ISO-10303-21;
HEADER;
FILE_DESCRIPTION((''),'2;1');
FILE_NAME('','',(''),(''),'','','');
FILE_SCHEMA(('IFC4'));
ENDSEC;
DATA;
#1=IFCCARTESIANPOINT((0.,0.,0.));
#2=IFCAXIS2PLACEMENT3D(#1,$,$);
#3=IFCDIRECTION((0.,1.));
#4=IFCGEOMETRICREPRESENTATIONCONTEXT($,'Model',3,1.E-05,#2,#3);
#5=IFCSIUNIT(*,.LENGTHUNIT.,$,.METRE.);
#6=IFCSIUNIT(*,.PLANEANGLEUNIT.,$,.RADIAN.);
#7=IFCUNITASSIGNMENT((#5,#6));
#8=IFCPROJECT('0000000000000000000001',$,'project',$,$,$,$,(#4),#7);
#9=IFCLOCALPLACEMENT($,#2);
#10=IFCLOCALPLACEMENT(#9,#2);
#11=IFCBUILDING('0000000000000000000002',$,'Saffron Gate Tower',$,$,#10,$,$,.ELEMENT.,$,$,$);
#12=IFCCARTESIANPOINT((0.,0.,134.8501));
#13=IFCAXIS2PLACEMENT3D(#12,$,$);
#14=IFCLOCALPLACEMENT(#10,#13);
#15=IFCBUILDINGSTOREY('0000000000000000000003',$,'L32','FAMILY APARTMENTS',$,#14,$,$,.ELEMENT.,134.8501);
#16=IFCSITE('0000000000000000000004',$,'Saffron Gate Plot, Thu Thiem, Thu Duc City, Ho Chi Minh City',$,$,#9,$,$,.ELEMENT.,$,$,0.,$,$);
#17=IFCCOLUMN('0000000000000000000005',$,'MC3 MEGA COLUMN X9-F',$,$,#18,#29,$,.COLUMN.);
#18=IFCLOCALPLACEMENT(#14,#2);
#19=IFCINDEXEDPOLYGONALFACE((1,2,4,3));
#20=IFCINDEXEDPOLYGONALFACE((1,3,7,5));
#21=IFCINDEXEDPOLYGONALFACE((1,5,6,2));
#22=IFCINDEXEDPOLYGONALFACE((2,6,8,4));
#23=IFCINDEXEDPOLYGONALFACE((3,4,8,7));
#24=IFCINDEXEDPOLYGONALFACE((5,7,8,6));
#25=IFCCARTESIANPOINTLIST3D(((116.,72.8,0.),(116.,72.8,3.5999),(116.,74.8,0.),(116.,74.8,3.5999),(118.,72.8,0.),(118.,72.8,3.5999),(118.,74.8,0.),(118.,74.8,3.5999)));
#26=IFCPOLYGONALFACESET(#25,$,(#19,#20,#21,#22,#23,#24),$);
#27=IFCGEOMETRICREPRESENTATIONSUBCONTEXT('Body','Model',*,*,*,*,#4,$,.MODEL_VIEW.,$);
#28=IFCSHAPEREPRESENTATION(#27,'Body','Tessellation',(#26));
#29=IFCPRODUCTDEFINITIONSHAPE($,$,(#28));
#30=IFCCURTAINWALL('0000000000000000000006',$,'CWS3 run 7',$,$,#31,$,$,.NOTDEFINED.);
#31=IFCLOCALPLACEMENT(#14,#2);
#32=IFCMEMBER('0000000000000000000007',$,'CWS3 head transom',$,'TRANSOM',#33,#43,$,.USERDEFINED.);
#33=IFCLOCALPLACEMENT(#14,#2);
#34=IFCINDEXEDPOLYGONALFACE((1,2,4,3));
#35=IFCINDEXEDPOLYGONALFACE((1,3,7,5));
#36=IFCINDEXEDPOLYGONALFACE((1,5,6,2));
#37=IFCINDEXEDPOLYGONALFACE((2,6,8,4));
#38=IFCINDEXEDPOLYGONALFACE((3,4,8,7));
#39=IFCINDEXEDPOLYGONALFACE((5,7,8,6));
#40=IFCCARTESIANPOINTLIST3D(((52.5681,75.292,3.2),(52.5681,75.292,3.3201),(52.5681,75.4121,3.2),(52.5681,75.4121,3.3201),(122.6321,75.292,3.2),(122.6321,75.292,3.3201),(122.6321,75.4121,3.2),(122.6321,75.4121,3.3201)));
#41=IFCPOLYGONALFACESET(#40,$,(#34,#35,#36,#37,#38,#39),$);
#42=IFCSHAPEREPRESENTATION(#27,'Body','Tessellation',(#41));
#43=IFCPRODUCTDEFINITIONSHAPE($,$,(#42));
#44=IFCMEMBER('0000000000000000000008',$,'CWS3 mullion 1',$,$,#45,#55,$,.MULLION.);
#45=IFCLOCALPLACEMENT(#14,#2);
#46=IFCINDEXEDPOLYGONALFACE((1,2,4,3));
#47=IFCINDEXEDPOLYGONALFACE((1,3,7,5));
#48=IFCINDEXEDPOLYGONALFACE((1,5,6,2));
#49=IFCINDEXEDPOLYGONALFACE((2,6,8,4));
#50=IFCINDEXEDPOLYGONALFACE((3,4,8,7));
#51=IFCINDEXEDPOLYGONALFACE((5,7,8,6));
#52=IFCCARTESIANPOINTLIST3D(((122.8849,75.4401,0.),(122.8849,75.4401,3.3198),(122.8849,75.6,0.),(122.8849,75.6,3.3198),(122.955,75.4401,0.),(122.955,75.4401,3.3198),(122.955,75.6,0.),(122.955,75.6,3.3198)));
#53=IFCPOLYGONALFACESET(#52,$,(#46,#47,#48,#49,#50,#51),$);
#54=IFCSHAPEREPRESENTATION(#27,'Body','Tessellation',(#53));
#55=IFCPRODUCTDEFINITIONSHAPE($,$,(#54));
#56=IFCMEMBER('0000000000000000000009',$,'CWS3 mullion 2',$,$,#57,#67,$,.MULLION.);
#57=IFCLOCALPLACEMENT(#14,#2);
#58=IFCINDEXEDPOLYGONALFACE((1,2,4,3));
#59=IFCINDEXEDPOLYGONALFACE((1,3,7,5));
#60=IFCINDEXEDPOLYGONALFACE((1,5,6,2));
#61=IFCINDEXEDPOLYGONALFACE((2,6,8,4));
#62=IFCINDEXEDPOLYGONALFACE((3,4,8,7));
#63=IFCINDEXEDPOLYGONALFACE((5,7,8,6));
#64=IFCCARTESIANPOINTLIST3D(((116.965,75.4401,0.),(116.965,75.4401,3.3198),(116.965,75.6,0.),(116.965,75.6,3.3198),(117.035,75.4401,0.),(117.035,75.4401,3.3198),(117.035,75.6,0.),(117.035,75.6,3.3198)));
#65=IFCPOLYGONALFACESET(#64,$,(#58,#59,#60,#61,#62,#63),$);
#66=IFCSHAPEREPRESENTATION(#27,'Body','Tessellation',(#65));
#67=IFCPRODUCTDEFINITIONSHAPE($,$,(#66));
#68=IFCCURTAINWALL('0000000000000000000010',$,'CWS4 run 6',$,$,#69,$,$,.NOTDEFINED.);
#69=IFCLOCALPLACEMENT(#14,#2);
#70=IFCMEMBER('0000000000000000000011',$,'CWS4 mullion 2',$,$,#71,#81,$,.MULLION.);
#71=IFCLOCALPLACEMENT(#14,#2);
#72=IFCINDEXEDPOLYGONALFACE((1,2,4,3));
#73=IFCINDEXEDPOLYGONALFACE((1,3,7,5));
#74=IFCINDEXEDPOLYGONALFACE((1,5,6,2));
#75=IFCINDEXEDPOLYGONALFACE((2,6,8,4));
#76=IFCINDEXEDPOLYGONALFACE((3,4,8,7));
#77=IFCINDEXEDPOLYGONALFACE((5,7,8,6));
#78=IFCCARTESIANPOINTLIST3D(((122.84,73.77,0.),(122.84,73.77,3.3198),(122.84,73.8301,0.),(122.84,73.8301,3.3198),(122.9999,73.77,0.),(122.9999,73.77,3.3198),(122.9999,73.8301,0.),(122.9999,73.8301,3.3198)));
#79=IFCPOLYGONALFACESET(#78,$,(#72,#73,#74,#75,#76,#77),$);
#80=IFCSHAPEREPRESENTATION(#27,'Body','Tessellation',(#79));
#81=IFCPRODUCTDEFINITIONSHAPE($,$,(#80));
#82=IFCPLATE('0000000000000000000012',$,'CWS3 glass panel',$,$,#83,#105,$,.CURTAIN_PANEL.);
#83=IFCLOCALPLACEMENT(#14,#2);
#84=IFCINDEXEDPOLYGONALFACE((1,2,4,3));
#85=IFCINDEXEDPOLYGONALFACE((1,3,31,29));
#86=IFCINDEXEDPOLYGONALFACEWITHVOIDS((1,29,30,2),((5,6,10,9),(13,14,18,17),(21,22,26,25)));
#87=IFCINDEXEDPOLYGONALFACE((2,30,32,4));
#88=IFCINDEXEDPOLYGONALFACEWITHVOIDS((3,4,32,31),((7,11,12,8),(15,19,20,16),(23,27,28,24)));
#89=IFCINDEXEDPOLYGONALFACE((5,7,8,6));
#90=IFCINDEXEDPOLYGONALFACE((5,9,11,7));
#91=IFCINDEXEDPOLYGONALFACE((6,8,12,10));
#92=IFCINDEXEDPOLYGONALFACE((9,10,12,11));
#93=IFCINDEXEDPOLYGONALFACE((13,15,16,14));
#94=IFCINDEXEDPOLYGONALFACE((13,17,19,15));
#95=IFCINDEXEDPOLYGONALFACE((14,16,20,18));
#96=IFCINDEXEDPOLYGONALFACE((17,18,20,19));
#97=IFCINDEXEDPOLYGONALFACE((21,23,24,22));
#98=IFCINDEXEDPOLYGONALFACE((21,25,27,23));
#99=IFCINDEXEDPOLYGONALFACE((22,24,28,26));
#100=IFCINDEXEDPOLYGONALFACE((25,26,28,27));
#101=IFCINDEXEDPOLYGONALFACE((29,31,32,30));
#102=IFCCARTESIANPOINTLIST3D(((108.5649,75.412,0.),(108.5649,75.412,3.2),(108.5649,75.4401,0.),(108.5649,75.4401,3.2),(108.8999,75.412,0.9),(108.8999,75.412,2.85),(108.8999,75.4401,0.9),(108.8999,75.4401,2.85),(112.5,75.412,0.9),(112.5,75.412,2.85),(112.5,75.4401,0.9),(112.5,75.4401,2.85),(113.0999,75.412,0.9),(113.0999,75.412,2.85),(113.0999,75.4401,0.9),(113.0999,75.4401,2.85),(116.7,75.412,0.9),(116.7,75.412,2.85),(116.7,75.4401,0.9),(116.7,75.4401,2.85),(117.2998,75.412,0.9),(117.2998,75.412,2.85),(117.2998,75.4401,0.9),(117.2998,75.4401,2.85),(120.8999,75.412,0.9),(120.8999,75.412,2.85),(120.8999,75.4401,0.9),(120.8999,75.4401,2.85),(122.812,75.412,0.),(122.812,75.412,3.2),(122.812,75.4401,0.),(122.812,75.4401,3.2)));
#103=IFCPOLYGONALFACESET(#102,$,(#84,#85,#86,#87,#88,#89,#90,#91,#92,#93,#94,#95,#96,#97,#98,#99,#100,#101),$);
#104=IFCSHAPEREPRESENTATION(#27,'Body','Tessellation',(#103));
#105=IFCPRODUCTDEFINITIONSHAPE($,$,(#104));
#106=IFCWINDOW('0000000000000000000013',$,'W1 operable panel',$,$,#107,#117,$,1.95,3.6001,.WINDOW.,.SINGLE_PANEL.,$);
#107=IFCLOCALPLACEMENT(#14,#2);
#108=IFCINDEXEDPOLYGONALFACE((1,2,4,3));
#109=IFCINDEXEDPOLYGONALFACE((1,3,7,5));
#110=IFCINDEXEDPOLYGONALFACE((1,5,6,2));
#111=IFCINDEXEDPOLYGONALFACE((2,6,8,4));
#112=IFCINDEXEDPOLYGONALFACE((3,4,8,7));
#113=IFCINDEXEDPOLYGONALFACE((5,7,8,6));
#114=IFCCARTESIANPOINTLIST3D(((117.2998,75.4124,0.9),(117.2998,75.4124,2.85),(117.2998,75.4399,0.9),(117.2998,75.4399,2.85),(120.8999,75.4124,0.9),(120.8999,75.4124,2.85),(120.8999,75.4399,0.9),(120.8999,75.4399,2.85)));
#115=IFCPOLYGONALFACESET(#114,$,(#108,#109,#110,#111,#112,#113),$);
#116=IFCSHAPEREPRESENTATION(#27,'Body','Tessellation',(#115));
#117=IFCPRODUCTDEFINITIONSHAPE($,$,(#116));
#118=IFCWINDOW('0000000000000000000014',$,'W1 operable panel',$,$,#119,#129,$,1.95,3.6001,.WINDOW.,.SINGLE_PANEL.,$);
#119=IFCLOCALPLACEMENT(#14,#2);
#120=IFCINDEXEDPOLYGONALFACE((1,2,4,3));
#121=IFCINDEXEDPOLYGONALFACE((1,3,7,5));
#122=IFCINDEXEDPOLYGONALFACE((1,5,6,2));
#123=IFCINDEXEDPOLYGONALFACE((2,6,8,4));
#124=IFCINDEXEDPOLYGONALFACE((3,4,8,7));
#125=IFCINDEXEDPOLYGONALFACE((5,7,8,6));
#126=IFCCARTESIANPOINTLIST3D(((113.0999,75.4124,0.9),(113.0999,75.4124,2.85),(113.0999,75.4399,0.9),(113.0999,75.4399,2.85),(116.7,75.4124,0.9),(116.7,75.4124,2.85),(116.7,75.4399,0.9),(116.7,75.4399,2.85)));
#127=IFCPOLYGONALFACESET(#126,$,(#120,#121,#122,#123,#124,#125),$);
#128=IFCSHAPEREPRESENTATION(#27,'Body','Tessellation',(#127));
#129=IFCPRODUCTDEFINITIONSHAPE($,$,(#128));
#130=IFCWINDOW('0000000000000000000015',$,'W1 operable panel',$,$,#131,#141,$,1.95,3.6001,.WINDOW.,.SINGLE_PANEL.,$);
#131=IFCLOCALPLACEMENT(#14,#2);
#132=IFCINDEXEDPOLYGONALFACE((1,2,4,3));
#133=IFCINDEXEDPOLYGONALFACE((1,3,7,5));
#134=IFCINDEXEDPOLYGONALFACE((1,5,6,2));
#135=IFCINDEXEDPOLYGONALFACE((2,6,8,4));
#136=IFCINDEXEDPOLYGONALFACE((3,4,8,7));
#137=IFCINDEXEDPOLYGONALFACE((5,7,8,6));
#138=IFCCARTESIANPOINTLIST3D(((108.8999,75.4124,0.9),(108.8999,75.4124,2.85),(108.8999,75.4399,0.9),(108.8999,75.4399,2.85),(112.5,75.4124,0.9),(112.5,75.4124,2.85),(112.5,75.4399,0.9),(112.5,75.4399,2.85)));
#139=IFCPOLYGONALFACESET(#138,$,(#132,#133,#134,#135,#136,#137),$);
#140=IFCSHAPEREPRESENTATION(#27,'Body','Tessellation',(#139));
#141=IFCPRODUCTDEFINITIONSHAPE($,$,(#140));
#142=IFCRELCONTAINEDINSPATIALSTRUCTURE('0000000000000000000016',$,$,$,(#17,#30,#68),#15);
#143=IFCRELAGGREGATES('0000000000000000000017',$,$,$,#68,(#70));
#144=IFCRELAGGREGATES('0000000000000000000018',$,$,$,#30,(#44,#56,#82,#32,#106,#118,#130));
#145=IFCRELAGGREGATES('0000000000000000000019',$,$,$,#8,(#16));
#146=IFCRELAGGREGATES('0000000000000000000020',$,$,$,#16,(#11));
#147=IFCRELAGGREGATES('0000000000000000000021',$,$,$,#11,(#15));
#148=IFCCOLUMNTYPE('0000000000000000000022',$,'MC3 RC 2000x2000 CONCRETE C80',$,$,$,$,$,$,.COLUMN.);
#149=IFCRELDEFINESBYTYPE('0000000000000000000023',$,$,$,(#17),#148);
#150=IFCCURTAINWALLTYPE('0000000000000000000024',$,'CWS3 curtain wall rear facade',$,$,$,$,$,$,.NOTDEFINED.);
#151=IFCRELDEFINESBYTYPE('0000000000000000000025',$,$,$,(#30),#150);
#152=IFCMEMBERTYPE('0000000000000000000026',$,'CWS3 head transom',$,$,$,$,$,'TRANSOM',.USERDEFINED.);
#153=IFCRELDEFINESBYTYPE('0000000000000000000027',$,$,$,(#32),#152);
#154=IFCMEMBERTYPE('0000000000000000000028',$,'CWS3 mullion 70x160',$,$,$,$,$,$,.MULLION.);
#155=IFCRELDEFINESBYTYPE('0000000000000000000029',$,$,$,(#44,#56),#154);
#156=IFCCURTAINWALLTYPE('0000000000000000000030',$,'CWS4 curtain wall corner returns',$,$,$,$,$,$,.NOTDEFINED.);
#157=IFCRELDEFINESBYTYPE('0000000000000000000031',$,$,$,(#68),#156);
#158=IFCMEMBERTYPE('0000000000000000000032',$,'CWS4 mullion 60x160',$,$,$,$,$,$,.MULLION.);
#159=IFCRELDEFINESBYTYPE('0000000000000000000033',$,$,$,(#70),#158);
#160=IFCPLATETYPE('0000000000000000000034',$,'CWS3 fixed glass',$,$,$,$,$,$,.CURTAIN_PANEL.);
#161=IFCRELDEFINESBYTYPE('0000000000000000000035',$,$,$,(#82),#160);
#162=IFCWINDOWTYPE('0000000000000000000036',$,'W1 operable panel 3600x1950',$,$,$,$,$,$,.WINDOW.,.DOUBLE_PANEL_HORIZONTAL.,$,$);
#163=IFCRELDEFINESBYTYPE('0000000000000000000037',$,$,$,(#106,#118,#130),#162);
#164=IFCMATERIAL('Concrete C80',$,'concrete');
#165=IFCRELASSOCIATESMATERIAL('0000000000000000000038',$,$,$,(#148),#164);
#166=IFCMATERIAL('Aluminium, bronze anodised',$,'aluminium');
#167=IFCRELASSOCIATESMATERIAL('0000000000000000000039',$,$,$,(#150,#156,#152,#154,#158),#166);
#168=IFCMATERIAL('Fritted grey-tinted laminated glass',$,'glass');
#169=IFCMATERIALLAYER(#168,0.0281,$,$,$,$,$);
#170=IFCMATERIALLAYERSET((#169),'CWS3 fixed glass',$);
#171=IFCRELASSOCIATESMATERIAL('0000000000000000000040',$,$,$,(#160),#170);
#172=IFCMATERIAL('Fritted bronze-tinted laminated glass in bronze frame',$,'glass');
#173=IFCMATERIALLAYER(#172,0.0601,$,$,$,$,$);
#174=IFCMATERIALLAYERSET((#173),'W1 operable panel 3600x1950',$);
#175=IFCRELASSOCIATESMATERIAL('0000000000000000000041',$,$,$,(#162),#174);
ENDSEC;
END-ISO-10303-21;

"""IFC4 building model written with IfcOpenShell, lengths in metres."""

from ifc_helpers import new_model, si_unit, direction, frame, frame_2d, origin, origin_2d, place, context, subcontext, project, spatial, rectangle, extrude, material, layer, layer_set, material_profile, profile_set, type_object, element, fill, aggregate, save


model = new_model("IFC4")

# Units and contexts
model_context = context("Model", 3, precision=1e-05, world=origin(), true_north=direction((0.0, 1.0)))
body_context = subcontext(model_context, "Body", "Model", "MODEL_VIEW")
ifc_project = project(units=[si_unit("LENGTHUNIT", "METRE"), si_unit("PLANEANGLEUNIT", "RADIAN")], contexts=[model_context])

# Site, building, storey
site_placement = place(None, origin())
site = spatial("IfcSite", under=ifc_project, at=site_placement, Name="Saffron Gate Plot, Thu Thiem, Thu Duc City, Ho Chi Minh City", CompositionType="ELEMENT", RefElevation=0.0)
building_placement = place(site_placement, origin())
building = spatial("IfcBuilding", under=site, at=building_placement, Name="Saffron Gate Tower", CompositionType="ELEMENT")
storey_placement = place(building_placement, frame((0.0, 0.0, 134.8501)))
storey = spatial("IfcBuildingStorey", under=building, at=storey_placement, Name="L32", Description="FAMILY APARTMENTS", CompositionType="ELEMENT", Elevation=134.8501)

# Column
ifc_material_1 = material(Name="Concrete C80", Category="concrete")
ifc_material_profile_1 = material_profile(ifc_material_1, rectangle(XDim=2.0, YDim=2.0, at=origin_2d()))
ifc_profile_set_1 = profile_set([ifc_material_profile_1], Name="Concrete C80")
column_type = type_object("IfcColumnType", Name="MC3 RC 2000x2000 CONCRETE C80", PredefinedType="COLUMN", material=ifc_profile_set_1)
column_placement = place(storey_placement, frame((117.0, 73.8, 0.0), z_axis=(0.0, 0.0, 1.0), x_axis=(1.0, 0.0, 0.0)))
element("IfcColumn", 1, at=column_placement, inside=storey, type_object=column_type, Name="MC3 MEGA COLUMN X9-F", PredefinedType="COLUMN", context=body_context, shape_type="SweptSolid", body=[
    extrude(rectangle(XDim=2.0, YDim=2.0, at=origin_2d()), origin(), (0.0, 0.0, 1.0), 3.5999),
])

# Curtain wall, members
ifc_material_2 = material(Name="Aluminium, bronze anodised", Category="aluminium")
curtain_wall_type_1 = type_object("IfcCurtainWallType", Name="CWS3 curtain wall rear facade", PredefinedType="NOTDEFINED", material=ifc_material_2)
curtain_wall_1_placement = place(storey_placement, origin())
curtain_wall_1 = element("IfcCurtainWall", 2, at=curtain_wall_1_placement, inside=storey, type_object=curtain_wall_type_1, Name="CWS3 run 7", PredefinedType="NOTDEFINED")
ifc_material_profile_2 = material_profile(ifc_material_2, rectangle(XDim=0.1201, YDim=0.1201, at=origin_2d()))
ifc_profile_set_2 = profile_set([ifc_material_profile_2], Name="Aluminium, bronze anodised")
member_type_1 = type_object("IfcMemberType", Name="CWS3 head transom", ElementType="TRANSOM", PredefinedType="USERDEFINED", material=ifc_profile_set_2)
member_1_placement = place(storey_placement, frame((122.6321, 75.3521, 3.26), z_axis=(-1.0, 0.0, 0.0), x_axis=(0.0, -1.0, 0.0)))
member_1 = element("IfcMember", 3, at=member_1_placement, type_object=member_type_1, Name="CWS3 head transom", ObjectType="TRANSOM", PredefinedType="USERDEFINED", context=body_context, shape_type="SweptSolid", body=[
    extrude(rectangle(XDim=0.1201, YDim=0.1201, at=origin_2d()), origin(), (0.0, 0.0, 1.0), 70.064),
])
ifc_material_profile_3 = material_profile(ifc_material_2, rectangle(XDim=0.1599, YDim=0.0701, at=origin_2d()))
ifc_profile_set_3 = profile_set([ifc_material_profile_3], Name="Aluminium, bronze anodised")
member_type_2 = type_object("IfcMemberType", Name="CWS3 mullion 70x160", PredefinedType="MULLION", material=ifc_profile_set_3)
member_2_placement = place(storey_placement, frame((122.9199, 75.52, 0.0), z_axis=(0.0, 0.0, 1.0), x_axis=(0.0, -1.0, 0.0)))
member_2 = element("IfcMember", 4, at=member_2_placement, type_object=member_type_2, Name="CWS3 mullion 1", PredefinedType="MULLION", context=body_context, shape_type="SweptSolid", body=[
    extrude(rectangle(XDim=0.1599, YDim=0.0701, at=origin_2d()), origin(), (0.0, 0.0, 1.0), 3.3198),
])
member_3_placement = place(storey_placement, frame((117.0, 75.52, 0.0), z_axis=(0.0, 0.0, 1.0), x_axis=(0.0, -1.0, 0.0)))
member_3 = element("IfcMember", 5, at=member_3_placement, type_object=member_type_2, Name="CWS3 mullion 2", PredefinedType="MULLION", context=body_context, shape_type="SweptSolid", body=[
    extrude(rectangle(XDim=0.1599, YDim=0.0701, at=origin_2d()), origin(), (0.0, 0.0, 1.0), 3.3198),
])

# Curtain wall, member
curtain_wall_type_2 = type_object("IfcCurtainWallType", Name="CWS4 curtain wall corner returns", PredefinedType="NOTDEFINED", material=ifc_material_2)
curtain_wall_2_placement = place(storey_placement, origin())
curtain_wall_2 = element("IfcCurtainWall", 6, at=curtain_wall_2_placement, inside=storey, type_object=curtain_wall_type_2, Name="CWS4 run 6", PredefinedType="NOTDEFINED")
ifc_material_profile_4 = material_profile(ifc_material_2, rectangle(XDim=0.1599, YDim=0.0601, at=origin_2d()))
ifc_profile_set_4 = profile_set([ifc_material_profile_4], Name="Aluminium, bronze anodised")
member_type_3 = type_object("IfcMemberType", Name="CWS4 mullion 60x160", PredefinedType="MULLION", material=ifc_profile_set_4)
member_4_placement = place(storey_placement, frame((122.9199, 73.8, 0.0), z_axis=(0.0, 0.0, 1.0), x_axis=(-1.0, 0.0, 0.0)))
member_4 = element("IfcMember", 7, at=member_4_placement, type_object=member_type_3, Name="CWS4 mullion 2", PredefinedType="MULLION", context=body_context, shape_type="SweptSolid", body=[
    extrude(rectangle(XDim=0.1599, YDim=0.0601, at=origin_2d()), origin(), (0.0, 0.0, 1.0), 3.3198),
])
aggregate(curtain_wall_2, [member_4])

# Plate, openings, windows
ifc_material_3 = material(Name="Fritted grey-tinted laminated glass", Category="glass")
ifc_layer_1 = layer(ifc_material_3, 0.0281)
ifc_layer_set_1 = layer_set([ifc_layer_1], Name="CWS3 fixed glass")
plate_type = type_object("IfcPlateType", Name="CWS3 fixed glass", PredefinedType="CURTAIN_PANEL", material=ifc_layer_set_1)
plate_placement = place(storey_placement, frame((122.812, 75.426, 0.0), z_axis=(0.0, 0.0, 1.0), x_axis=(-1.0, 0.0, 0.0)))
plate = element("IfcPlate", 8, at=plate_placement, type_object=plate_type, Name="CWS3 glass panel", PredefinedType="CURTAIN_PANEL", context=body_context, shape_type="SweptSolid", body=[
    extrude(rectangle(XDim=14.2471, YDim=0.0281, at=frame_2d((7.1235, 0.0))), origin(), (0.0, 0.0, 1.0), 3.2),
])
opening_1_placement = place(plate_placement, frame((1.9121, 0.0, 0.8999)))
opening_1 = element("IfcOpeningElement", 9, at=opening_1_placement, cuts=plate, PredefinedType="OPENING", context=body_context, shape_type="SweptSolid", body=[
    extrude(rectangle(XDim=3.6001, YDim=1.95, at=frame_2d((1.8, 0.9751))), frame((0.0, 0.0239, 0.0), z_axis=(0.0, -1.0, 0.0), x_axis=(1.0, 0.0, 0.0)), (0.0, 0.0, 1.0), 0.0481),
])
opening_2_placement = place(plate_placement, frame((6.1121, 0.0, 0.8999)))
opening_2 = element("IfcOpeningElement", 10, at=opening_2_placement, cuts=plate, PredefinedType="OPENING", context=body_context, shape_type="SweptSolid", body=[
    extrude(rectangle(XDim=3.6001, YDim=1.95, at=frame_2d((1.8, 0.9751))), frame((0.0, 0.0239, 0.0), z_axis=(0.0, -1.0, 0.0), x_axis=(1.0, 0.0, 0.0)), (0.0, 0.0, 1.0), 0.0481),
])
opening_3_placement = place(plate_placement, frame((10.312, 0.0, 0.8999)))
opening_3 = element("IfcOpeningElement", 11, at=opening_3_placement, cuts=plate, PredefinedType="OPENING", context=body_context, shape_type="SweptSolid", body=[
    extrude(rectangle(XDim=3.6001, YDim=1.95, at=frame_2d((1.8, 0.9751))), frame((0.0, 0.0239, 0.0), z_axis=(0.0, -1.0, 0.0), x_axis=(1.0, 0.0, 0.0)), (0.0, 0.0, 1.0), 0.0481),
])
ifc_material_4 = material(Name="Fritted bronze-tinted laminated glass in bronze frame", Category="glass")
ifc_layer_2 = layer(ifc_material_4, 0.0601)
ifc_layer_set_2 = layer_set([ifc_layer_2], Name="W1 operable panel 3600x1950")
window_type = type_object("IfcWindowType", Name="W1 operable panel 3600x1950", PartitioningType="DOUBLE_PANEL_HORIZONTAL", PredefinedType="WINDOW", material=ifc_layer_set_2)
window_1_placement = place(opening_1_placement, origin())
window_1 = element("IfcWindow", 12, at=window_1_placement, type_object=window_type, Name="W1 operable panel", OverallHeight=1.95, OverallWidth=3.6001, PartitioningType="SINGLE_PANEL", PredefinedType="WINDOW", context=body_context, shape_type="SweptSolid", body=[
    extrude(rectangle(XDim=3.6001, YDim=1.95, at=frame_2d((1.8, 0.9751))), frame((0.0, 0.0137, 0.0), z_axis=(0.0, -1.0, 0.0), x_axis=(1.0, 0.0, 0.0)), (0.0, 0.0, 1.0), 0.0276),
])
fill(opening_1, window_1)
window_2_placement = place(opening_2_placement, origin())
window_2 = element("IfcWindow", 13, at=window_2_placement, type_object=window_type, Name="W1 operable panel", OverallHeight=1.95, OverallWidth=3.6001, PartitioningType="SINGLE_PANEL", PredefinedType="WINDOW", context=body_context, shape_type="SweptSolid", body=[
    extrude(rectangle(XDim=3.6001, YDim=1.95, at=frame_2d((1.8, 0.9751))), frame((0.0, 0.0137, 0.0), z_axis=(0.0, -1.0, 0.0), x_axis=(1.0, 0.0, 0.0)), (0.0, 0.0, 1.0), 0.0276),
])
fill(opening_2, window_2)
window_3_placement = place(opening_3_placement, origin())
window_3 = element("IfcWindow", 14, at=window_3_placement, type_object=window_type, Name="W1 operable panel", OverallHeight=1.95, OverallWidth=3.6001, PartitioningType="SINGLE_PANEL", PredefinedType="WINDOW", context=body_context, shape_type="SweptSolid", body=[
    extrude(rectangle(XDim=3.6001, YDim=1.95, at=frame_2d((1.8, 0.9751))), frame((0.0, 0.0137, 0.0), z_axis=(0.0, -1.0, 0.0), x_axis=(1.0, 0.0, 0.0)), (0.0, 0.0, 1.0), 0.0276),
])
fill(opening_3, window_3)
aggregate(curtain_wall_1, [member_2, member_3, plate, member_1, window_1, window_2, window_3])

save(model, "model.ifc")
